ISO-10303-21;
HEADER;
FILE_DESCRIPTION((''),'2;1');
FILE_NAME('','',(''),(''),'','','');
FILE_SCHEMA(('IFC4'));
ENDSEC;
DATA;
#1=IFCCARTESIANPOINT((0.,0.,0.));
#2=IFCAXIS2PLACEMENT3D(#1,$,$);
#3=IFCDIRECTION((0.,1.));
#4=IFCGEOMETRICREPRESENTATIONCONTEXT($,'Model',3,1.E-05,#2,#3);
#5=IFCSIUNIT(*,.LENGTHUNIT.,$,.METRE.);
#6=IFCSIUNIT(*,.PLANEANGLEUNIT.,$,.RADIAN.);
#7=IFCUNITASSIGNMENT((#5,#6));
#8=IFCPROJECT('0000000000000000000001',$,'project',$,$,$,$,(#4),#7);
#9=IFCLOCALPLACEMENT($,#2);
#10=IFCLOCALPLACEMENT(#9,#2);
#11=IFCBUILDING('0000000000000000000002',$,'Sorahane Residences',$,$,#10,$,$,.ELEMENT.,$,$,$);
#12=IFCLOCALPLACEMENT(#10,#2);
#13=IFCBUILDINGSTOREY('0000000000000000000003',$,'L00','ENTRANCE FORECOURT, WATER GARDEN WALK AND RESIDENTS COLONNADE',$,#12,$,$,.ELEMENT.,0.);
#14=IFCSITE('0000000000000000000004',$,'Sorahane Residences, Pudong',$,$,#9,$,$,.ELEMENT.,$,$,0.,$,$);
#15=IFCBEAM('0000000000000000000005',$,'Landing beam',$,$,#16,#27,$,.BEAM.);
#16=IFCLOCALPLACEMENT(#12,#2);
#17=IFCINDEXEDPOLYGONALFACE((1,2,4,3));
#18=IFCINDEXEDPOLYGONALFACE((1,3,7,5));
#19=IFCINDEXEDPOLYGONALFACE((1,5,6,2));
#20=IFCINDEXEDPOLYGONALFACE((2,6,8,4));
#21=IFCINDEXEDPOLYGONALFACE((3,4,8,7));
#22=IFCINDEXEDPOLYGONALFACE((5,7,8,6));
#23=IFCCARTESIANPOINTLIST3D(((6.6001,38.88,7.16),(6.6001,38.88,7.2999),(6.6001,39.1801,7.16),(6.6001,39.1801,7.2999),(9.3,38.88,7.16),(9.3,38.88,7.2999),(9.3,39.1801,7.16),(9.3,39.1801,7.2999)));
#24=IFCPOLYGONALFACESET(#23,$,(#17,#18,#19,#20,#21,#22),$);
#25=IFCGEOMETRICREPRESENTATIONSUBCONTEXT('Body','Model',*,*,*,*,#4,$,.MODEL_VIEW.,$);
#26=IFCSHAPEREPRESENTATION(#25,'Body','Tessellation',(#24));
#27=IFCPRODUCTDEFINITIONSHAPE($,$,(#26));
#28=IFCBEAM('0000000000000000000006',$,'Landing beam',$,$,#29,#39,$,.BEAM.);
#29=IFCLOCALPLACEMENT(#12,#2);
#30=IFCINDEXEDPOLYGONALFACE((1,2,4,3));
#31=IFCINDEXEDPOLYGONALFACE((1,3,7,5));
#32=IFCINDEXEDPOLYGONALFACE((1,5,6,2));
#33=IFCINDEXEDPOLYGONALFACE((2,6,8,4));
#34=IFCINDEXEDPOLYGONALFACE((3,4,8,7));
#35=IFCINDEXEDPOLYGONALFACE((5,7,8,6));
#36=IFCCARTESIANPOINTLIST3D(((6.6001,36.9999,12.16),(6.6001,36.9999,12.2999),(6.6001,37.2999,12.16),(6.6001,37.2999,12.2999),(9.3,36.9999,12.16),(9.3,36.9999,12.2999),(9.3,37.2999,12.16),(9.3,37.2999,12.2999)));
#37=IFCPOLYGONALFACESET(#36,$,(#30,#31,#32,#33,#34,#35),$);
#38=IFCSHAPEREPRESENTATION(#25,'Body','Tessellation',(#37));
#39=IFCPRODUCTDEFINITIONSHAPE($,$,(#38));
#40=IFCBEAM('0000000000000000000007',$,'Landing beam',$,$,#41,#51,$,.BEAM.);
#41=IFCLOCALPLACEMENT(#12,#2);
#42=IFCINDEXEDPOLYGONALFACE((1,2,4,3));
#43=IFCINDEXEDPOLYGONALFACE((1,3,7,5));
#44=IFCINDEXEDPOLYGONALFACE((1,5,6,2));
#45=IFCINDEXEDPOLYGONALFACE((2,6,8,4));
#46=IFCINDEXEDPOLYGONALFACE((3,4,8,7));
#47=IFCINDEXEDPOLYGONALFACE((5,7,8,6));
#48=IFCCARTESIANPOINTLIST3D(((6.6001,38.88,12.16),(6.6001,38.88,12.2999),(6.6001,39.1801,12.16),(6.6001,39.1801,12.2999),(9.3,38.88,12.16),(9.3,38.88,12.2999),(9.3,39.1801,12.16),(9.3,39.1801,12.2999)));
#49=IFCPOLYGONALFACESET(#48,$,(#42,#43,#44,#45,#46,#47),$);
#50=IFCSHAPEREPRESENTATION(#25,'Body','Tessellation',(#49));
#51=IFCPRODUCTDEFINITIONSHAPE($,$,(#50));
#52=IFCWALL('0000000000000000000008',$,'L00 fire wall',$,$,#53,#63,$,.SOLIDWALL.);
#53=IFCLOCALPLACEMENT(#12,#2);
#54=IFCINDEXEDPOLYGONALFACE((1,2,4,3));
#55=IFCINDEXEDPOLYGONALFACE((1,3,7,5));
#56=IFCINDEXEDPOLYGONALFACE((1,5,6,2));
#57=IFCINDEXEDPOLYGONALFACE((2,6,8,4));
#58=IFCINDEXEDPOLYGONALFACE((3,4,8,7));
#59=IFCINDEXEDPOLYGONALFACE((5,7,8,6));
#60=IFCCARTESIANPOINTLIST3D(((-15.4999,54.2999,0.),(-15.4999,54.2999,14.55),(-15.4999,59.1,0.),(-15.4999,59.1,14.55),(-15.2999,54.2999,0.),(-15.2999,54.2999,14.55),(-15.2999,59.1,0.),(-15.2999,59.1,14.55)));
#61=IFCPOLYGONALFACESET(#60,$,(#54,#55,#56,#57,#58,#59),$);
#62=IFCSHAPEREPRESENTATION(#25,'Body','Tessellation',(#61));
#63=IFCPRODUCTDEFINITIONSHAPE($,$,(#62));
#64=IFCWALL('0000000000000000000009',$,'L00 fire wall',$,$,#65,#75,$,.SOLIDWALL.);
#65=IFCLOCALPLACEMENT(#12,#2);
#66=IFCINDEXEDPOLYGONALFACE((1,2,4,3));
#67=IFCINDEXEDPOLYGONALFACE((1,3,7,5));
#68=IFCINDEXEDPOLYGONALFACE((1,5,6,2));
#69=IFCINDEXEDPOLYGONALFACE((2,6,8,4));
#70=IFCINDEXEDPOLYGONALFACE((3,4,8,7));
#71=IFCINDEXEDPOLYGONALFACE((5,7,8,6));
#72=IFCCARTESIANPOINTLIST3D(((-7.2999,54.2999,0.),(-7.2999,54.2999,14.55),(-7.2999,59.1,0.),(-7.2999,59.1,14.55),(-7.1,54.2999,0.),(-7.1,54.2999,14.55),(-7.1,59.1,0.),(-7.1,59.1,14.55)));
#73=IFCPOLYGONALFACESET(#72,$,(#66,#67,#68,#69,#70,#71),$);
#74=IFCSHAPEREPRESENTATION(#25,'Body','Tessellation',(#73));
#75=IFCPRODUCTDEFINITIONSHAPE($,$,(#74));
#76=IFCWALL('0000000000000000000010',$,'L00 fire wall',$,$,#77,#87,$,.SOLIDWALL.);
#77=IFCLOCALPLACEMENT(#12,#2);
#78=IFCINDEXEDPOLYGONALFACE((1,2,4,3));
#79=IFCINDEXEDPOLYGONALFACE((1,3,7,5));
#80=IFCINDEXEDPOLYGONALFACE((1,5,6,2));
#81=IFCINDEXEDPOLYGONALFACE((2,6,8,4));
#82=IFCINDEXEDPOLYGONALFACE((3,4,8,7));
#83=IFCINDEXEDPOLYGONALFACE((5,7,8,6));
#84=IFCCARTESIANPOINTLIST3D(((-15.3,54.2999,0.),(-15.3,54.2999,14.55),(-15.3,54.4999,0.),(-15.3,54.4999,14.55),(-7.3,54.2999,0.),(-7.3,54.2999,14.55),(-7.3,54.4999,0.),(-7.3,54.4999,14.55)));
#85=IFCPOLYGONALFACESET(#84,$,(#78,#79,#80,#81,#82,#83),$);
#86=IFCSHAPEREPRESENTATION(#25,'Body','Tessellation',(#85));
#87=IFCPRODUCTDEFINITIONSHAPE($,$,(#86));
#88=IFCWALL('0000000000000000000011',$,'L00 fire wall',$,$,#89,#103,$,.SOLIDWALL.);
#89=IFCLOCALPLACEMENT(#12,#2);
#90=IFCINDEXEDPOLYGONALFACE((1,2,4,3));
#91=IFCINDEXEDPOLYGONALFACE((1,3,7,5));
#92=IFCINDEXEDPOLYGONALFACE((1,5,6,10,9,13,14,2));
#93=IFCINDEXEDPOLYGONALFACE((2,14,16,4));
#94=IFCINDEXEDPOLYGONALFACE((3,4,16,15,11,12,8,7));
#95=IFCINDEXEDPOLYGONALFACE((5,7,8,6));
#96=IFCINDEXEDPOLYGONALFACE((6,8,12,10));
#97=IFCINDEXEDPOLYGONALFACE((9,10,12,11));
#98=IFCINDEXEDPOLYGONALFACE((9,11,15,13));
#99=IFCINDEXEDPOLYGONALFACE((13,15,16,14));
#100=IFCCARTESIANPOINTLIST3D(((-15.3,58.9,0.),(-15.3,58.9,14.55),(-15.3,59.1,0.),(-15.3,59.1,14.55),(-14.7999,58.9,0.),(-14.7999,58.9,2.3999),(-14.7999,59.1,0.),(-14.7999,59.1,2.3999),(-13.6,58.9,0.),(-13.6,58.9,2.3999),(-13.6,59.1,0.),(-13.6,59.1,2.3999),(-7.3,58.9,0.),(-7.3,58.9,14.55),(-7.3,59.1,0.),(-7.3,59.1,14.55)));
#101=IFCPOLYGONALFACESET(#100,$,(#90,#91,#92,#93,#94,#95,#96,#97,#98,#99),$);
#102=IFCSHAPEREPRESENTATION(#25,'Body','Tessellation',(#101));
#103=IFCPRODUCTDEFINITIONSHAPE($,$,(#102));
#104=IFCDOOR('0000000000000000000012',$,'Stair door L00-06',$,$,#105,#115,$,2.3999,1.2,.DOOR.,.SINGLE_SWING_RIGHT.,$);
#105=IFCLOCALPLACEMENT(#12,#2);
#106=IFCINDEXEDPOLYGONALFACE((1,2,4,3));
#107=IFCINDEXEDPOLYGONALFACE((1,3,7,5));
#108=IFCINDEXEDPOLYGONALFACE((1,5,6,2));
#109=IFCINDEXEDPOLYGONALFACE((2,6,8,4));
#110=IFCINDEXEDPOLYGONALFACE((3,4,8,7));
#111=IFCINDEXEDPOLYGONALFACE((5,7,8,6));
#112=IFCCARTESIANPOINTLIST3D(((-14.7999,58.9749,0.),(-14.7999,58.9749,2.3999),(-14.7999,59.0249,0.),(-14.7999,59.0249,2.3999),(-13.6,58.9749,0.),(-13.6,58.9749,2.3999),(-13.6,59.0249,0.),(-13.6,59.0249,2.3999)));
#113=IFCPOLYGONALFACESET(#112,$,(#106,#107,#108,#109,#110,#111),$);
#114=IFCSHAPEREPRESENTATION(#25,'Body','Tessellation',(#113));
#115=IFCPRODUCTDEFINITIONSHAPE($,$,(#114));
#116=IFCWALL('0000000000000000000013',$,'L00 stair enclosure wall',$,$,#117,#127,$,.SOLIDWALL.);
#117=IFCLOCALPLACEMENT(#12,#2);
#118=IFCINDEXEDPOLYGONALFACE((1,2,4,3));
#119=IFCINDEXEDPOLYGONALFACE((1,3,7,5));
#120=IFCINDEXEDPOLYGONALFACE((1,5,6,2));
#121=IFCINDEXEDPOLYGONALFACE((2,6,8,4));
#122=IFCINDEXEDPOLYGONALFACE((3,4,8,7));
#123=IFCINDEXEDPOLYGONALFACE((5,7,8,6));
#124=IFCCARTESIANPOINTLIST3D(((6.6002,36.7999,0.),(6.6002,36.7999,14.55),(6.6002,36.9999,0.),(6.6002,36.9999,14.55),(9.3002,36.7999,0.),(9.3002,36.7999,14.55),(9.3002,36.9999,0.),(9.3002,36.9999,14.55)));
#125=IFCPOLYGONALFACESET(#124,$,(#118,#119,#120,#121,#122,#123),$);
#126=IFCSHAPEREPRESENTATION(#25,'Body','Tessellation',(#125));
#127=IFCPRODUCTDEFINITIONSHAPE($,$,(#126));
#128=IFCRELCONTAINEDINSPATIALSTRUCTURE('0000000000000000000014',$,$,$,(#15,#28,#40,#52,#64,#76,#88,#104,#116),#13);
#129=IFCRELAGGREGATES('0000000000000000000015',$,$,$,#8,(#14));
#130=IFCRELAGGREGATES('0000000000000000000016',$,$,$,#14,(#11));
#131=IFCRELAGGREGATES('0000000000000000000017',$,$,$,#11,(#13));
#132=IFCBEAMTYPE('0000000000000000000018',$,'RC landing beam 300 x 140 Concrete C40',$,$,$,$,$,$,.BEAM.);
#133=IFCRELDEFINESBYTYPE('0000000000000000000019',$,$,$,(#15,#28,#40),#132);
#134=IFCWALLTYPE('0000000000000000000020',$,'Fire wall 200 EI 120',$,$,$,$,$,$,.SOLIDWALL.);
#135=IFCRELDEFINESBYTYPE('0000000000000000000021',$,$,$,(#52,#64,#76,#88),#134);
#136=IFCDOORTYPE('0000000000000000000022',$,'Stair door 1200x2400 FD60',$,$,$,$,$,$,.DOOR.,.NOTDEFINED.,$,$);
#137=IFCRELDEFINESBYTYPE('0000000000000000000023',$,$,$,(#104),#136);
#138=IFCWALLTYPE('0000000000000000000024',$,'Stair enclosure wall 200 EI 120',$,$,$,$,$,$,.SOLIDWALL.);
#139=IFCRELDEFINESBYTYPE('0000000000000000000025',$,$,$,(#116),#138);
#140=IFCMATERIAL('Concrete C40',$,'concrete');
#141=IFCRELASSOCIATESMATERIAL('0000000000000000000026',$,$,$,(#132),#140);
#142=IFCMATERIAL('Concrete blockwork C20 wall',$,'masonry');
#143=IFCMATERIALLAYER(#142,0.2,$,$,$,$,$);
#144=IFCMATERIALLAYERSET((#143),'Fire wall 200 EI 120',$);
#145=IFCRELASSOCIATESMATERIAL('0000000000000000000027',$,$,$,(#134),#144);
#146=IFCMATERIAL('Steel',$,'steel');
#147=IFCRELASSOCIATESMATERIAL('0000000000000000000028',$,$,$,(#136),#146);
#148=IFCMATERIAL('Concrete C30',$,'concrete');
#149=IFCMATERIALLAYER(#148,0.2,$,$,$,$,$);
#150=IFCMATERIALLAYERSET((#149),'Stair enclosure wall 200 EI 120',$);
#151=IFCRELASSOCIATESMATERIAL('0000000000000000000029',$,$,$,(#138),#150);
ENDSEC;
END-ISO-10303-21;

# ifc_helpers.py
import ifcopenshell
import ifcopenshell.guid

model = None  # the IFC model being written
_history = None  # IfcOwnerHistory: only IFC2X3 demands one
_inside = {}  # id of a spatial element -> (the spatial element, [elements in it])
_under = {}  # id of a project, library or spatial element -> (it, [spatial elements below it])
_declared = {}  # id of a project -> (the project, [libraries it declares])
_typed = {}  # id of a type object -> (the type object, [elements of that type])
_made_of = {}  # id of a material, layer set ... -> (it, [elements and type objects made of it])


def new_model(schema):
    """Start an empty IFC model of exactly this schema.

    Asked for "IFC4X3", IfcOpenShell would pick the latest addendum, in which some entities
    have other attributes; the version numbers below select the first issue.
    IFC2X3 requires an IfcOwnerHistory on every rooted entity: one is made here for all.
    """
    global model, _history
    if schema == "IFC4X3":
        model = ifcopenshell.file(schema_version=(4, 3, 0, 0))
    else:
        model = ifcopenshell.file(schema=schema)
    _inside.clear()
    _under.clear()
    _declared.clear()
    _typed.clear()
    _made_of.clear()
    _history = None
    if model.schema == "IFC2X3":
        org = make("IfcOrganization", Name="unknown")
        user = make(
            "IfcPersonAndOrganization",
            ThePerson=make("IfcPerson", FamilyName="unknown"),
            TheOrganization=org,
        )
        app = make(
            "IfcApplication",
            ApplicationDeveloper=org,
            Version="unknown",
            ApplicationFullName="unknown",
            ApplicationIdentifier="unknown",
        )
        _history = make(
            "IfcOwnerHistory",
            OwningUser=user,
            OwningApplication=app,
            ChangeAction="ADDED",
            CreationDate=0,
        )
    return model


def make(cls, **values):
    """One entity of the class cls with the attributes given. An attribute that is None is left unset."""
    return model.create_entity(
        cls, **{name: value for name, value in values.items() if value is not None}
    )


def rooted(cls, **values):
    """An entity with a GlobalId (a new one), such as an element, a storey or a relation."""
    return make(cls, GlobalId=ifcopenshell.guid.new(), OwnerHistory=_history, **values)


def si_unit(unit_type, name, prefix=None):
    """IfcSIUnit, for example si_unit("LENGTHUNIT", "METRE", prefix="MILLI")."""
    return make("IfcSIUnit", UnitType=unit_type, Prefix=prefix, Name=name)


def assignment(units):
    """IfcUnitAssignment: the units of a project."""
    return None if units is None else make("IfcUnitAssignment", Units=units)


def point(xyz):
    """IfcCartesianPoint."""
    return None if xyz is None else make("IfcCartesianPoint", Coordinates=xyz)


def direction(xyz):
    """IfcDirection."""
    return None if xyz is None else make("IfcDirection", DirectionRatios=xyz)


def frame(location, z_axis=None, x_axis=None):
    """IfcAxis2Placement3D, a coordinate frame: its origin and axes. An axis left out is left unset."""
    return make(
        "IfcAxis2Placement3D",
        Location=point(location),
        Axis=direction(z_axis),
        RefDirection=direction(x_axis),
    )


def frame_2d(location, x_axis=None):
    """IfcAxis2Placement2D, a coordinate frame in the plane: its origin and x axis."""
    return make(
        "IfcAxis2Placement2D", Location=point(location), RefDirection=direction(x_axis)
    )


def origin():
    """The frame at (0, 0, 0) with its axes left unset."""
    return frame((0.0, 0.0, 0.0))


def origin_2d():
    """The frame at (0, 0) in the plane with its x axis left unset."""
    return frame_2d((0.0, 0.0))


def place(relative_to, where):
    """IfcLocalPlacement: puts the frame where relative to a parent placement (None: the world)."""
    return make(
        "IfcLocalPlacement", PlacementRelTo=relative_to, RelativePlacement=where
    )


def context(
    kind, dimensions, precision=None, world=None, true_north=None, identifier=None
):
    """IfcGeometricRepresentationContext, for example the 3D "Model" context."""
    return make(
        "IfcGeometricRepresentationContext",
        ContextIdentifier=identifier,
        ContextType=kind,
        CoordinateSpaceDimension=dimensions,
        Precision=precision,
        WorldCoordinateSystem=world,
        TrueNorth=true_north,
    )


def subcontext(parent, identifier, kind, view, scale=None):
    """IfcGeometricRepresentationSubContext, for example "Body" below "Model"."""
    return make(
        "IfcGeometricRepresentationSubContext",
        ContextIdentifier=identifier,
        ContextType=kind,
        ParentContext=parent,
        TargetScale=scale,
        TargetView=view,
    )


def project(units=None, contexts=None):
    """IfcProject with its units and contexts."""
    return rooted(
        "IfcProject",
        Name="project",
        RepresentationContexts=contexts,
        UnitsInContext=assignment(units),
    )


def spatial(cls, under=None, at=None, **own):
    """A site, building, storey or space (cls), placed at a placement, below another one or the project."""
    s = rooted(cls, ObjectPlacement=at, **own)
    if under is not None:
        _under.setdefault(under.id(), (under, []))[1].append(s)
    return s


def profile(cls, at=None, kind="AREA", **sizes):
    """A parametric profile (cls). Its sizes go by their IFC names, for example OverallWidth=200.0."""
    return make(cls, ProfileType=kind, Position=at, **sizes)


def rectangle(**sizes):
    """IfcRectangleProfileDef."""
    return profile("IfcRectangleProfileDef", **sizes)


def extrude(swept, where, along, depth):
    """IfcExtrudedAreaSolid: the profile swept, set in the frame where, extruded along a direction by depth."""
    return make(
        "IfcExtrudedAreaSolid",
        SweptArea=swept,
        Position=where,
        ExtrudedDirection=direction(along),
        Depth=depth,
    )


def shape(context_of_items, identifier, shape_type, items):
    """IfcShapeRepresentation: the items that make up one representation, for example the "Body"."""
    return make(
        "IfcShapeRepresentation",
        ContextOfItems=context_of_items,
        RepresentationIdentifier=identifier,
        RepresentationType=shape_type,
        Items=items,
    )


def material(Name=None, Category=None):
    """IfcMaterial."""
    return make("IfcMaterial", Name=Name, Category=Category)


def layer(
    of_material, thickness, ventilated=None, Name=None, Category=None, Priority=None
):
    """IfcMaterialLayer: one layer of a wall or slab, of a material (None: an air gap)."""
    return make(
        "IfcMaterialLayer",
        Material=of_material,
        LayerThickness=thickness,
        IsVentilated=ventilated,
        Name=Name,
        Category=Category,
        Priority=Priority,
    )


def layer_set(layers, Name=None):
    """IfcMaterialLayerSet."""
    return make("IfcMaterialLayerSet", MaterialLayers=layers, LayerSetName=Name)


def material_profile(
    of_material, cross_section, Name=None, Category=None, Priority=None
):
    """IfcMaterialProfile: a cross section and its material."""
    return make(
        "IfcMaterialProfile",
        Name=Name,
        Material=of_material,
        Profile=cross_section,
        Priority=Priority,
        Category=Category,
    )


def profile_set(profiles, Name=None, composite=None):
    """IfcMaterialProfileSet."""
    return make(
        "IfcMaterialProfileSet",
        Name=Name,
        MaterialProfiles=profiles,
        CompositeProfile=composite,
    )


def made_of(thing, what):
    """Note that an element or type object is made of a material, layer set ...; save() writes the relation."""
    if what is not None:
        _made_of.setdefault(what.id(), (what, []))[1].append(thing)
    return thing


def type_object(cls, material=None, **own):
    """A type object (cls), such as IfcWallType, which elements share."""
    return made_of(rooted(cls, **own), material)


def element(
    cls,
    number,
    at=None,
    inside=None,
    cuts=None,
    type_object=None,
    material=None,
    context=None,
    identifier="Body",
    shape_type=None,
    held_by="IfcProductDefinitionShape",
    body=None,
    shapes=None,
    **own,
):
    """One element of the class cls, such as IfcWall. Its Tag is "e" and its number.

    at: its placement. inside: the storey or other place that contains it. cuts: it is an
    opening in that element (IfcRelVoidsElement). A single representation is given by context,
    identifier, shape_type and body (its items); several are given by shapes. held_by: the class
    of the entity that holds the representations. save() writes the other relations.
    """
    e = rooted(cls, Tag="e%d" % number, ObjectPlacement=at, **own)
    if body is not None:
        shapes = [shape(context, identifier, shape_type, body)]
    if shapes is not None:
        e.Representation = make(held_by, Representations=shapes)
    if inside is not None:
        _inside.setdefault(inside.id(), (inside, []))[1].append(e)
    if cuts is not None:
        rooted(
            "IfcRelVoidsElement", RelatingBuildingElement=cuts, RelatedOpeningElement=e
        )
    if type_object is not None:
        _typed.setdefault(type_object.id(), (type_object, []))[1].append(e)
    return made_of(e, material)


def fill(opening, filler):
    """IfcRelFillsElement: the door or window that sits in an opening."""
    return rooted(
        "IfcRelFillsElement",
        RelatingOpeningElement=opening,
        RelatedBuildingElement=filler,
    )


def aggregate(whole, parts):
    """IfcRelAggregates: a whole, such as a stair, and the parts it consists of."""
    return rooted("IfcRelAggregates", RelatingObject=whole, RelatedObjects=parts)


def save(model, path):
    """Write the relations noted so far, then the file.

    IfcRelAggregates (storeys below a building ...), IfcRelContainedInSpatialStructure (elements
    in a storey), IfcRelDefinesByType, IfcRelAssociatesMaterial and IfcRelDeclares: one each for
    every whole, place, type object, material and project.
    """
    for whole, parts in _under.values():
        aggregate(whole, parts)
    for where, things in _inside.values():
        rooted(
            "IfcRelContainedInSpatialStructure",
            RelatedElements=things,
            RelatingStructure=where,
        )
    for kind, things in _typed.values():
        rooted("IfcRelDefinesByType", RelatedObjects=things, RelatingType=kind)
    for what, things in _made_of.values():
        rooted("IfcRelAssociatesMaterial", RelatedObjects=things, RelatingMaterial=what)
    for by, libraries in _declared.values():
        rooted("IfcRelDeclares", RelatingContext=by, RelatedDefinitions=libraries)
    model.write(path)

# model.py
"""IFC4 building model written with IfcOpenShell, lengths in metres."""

from ifc_helpers import new_model, si_unit, direction, frame, frame_2d, origin, origin_2d, place, context, subcontext, project, spatial, rectangle, extrude, material, layer, layer_set, material_profile, profile_set, type_object, element, fill, save


model = new_model("IFC4")

# Units and contexts
model_context = context("Model", 3, precision=1e-05, world=origin(), true_north=direction((0.0, 1.0)))
body_context = subcontext(model_context, "Body", "Model", "MODEL_VIEW")
ifc_project = project(units=[si_unit("LENGTHUNIT", "METRE"), si_unit("PLANEANGLEUNIT", "RADIAN")], contexts=[model_context])

# Site, building, storey
site_placement = place(None, origin())
site = spatial("IfcSite", under=ifc_project, at=site_placement, Name="Sorahane Residences, Pudong", CompositionType="ELEMENT", RefElevation=0.0)
building_placement = place(site_placement, origin())
building = spatial("IfcBuilding", under=site, at=building_placement, Name="Sorahane Residences", CompositionType="ELEMENT")
storey_placement = place(building_placement, origin())
storey = spatial("IfcBuildingStorey", under=building, at=storey_placement, Name="L00", Description="ENTRANCE FORECOURT, WATER GARDEN WALK AND RESIDENTS COLONNADE", CompositionType="ELEMENT", Elevation=0.0)

# Beams
ifc_material_1 = material(Name="Concrete C40", Category="concrete")
ifc_material_profile_1 = material_profile(ifc_material_1, rectangle(XDim=0.3, YDim=0.1399, at=origin_2d()), Name="300x140")
ifc_profile_set_1 = profile_set([ifc_material_profile_1], Name="Concrete C40")
beam_type_1 = type_object("IfcBeamType", Name="RC landing beam 300 x 140 Concrete C40", PredefinedType="BEAM", material=ifc_profile_set_1)
for number, where, z_axis, x_axis, name in (
    (1, (6.6001, 39.03, 7.23), (1.0, 0.0, 0.0), (0.0, 1.0, 0.0), "Landing beam"),
    (2, (6.6001, 37.1499, 12.23), (1.0, 0.0, 0.0), (0.0, 1.0, 0.0), "Landing beam"),
    (3, (6.6001, 39.03, 12.23), (1.0, 0.0, 0.0), (0.0, 1.0, 0.0), "Landing beam"),
):
    element("IfcBeam", number, at=place(storey_placement, frame(where, z_axis=z_axis, x_axis=x_axis)), inside=storey, type_object=beam_type_1, Name=name, PredefinedType="BEAM", context=body_context, shape_type="SweptSolid", body=[
        extrude(rectangle(XDim=0.3, YDim=0.1399, at=origin_2d()), origin(), (0.0, 0.0, 1.0), 2.7),
    ])

# Walls
ifc_material_2 = material(Name="Concrete blockwork C20 wall", Category="masonry")
ifc_layer_1 = layer(ifc_material_2, 0.2)
ifc_layer_set_1 = layer_set([ifc_layer_1], Name="Fire wall 200 EI 120")
wall_type_1 = type_object("IfcWallType", Name="Fire wall 200 EI 120", PredefinedType="SOLIDWALL", material=ifc_layer_set_1)
for number, where, z_axis, x_axis, name in (
    (4, (-15.3999, 54.3, 0.0), (0.0, 0.0, 1.0), (0.0, 1.0, 0.0), "L00 fire wall"),
    (5, (-7.2, 54.3, 0.0), (0.0, 0.0, 1.0), (0.0, 1.0, 0.0), "L00 fire wall"),
):
    element("IfcWall", number, at=place(storey_placement, frame(where, z_axis=z_axis, x_axis=x_axis)), inside=storey, type_object=wall_type_1, Name=name, PredefinedType="SOLIDWALL", context=body_context, shape_type="SweptSolid", body=[
        extrude(rectangle(XDim=4.8, YDim=0.2, at=frame_2d((2.3999, 0.0))), origin(), (0.0, 0.0, 1.0), 14.55),
    ])
wall_1_placement = place(storey_placement, frame((-15.3, 54.3999, 0.0), z_axis=(0.0, 0.0, 1.0), x_axis=(1.0, 0.0, 0.0)))
element("IfcWall", 6, at=wall_1_placement, inside=storey, type_object=wall_type_1, Name="L00 fire wall", PredefinedType="SOLIDWALL", context=body_context, shape_type="SweptSolid", body=[
    extrude(rectangle(XDim=8.0, YDim=0.2, at=frame_2d((4.0, 0.0))), origin(), (0.0, 0.0, 1.0), 14.55),
])

# Wall, opening, door
wall_2_placement = place(storey_placement, frame((-15.3, 59.0, 0.0), z_axis=(0.0, 0.0, 1.0), x_axis=(1.0, 0.0, 0.0)))
wall_2 = element("IfcWall", 7, at=wall_2_placement, inside=storey, type_object=wall_type_1, Name="L00 fire wall", PredefinedType="SOLIDWALL", context=body_context, shape_type="SweptSolid", body=[
    extrude(rectangle(XDim=8.0, YDim=0.2, at=frame_2d((4.0, 0.0))), origin(), (0.0, 0.0, 1.0), 14.55),
])
opening_placement = place(wall_2_placement, frame((0.5, 0.0, 0.0)))
opening = element("IfcOpeningElement", 8, at=opening_placement, cuts=wall_2, PredefinedType="OPENING", context=body_context, shape_type="SweptSolid", body=[
    extrude(rectangle(XDim=1.2, YDim=2.3999, at=frame_2d((0.6001, 1.2))), frame((0.0, 0.1099, 0.0), z_axis=(0.0, -1.0, 0.0), x_axis=(1.0, 0.0, 0.0)), (0.0, 0.0, 1.0), 0.22),
])
ifc_material_3 = material(Name="Steel", Category="steel")
door_type = type_object("IfcDoorType", Name="Stair door 1200x2400 FD60", OperationType="NOTDEFINED", PredefinedType="DOOR", material=ifc_material_3)
door_placement = place(opening_placement, origin())
door = element("IfcDoor", 9, at=door_placement, inside=storey, type_object=door_type, Name="Stair door L00-06", OperationType="SINGLE_SWING_RIGHT", OverallHeight=2.3999, OverallWidth=1.2, PredefinedType="DOOR", context=body_context, shape_type="SweptSolid", body=[
    extrude(rectangle(XDim=1.2, YDim=2.3999, at=frame_2d((0.6001, 1.2))), frame((0.0, 0.0249, 0.0), z_axis=(0.0, -1.0, 0.0), x_axis=(1.0, 0.0, 0.0)), (0.0, 0.0, 1.0), 0.05),
])
fill(opening, door)

# Wall
ifc_material_4 = material(Name="Concrete C30", Category="concrete")
ifc_layer_2 = layer(ifc_material_4, 0.2)
ifc_layer_set_2 = layer_set([ifc_layer_2], Name="Stair enclosure wall 200 EI 120")
wall_type_2 = type_object("IfcWallType", Name="Stair enclosure wall 200 EI 120", PredefinedType="SOLIDWALL", material=ifc_layer_set_2)
wall_3_placement = place(storey_placement, frame((6.6001, 36.8999, 0.0), z_axis=(0.0, 0.0, 1.0), x_axis=(1.0, 0.0, 0.0)))
element("IfcWall", 10, at=wall_3_placement, inside=storey, type_object=wall_type_2, Name="L00 stair enclosure wall", PredefinedType="SOLIDWALL", context=body_context, shape_type="SweptSolid", body=[
    extrude(rectangle(XDim=2.7, YDim=0.2, at=frame_2d((1.3501, 0.0))), origin(), (0.0, 0.0, 1.0), 14.55),
])

save(model, "model.ifc")
